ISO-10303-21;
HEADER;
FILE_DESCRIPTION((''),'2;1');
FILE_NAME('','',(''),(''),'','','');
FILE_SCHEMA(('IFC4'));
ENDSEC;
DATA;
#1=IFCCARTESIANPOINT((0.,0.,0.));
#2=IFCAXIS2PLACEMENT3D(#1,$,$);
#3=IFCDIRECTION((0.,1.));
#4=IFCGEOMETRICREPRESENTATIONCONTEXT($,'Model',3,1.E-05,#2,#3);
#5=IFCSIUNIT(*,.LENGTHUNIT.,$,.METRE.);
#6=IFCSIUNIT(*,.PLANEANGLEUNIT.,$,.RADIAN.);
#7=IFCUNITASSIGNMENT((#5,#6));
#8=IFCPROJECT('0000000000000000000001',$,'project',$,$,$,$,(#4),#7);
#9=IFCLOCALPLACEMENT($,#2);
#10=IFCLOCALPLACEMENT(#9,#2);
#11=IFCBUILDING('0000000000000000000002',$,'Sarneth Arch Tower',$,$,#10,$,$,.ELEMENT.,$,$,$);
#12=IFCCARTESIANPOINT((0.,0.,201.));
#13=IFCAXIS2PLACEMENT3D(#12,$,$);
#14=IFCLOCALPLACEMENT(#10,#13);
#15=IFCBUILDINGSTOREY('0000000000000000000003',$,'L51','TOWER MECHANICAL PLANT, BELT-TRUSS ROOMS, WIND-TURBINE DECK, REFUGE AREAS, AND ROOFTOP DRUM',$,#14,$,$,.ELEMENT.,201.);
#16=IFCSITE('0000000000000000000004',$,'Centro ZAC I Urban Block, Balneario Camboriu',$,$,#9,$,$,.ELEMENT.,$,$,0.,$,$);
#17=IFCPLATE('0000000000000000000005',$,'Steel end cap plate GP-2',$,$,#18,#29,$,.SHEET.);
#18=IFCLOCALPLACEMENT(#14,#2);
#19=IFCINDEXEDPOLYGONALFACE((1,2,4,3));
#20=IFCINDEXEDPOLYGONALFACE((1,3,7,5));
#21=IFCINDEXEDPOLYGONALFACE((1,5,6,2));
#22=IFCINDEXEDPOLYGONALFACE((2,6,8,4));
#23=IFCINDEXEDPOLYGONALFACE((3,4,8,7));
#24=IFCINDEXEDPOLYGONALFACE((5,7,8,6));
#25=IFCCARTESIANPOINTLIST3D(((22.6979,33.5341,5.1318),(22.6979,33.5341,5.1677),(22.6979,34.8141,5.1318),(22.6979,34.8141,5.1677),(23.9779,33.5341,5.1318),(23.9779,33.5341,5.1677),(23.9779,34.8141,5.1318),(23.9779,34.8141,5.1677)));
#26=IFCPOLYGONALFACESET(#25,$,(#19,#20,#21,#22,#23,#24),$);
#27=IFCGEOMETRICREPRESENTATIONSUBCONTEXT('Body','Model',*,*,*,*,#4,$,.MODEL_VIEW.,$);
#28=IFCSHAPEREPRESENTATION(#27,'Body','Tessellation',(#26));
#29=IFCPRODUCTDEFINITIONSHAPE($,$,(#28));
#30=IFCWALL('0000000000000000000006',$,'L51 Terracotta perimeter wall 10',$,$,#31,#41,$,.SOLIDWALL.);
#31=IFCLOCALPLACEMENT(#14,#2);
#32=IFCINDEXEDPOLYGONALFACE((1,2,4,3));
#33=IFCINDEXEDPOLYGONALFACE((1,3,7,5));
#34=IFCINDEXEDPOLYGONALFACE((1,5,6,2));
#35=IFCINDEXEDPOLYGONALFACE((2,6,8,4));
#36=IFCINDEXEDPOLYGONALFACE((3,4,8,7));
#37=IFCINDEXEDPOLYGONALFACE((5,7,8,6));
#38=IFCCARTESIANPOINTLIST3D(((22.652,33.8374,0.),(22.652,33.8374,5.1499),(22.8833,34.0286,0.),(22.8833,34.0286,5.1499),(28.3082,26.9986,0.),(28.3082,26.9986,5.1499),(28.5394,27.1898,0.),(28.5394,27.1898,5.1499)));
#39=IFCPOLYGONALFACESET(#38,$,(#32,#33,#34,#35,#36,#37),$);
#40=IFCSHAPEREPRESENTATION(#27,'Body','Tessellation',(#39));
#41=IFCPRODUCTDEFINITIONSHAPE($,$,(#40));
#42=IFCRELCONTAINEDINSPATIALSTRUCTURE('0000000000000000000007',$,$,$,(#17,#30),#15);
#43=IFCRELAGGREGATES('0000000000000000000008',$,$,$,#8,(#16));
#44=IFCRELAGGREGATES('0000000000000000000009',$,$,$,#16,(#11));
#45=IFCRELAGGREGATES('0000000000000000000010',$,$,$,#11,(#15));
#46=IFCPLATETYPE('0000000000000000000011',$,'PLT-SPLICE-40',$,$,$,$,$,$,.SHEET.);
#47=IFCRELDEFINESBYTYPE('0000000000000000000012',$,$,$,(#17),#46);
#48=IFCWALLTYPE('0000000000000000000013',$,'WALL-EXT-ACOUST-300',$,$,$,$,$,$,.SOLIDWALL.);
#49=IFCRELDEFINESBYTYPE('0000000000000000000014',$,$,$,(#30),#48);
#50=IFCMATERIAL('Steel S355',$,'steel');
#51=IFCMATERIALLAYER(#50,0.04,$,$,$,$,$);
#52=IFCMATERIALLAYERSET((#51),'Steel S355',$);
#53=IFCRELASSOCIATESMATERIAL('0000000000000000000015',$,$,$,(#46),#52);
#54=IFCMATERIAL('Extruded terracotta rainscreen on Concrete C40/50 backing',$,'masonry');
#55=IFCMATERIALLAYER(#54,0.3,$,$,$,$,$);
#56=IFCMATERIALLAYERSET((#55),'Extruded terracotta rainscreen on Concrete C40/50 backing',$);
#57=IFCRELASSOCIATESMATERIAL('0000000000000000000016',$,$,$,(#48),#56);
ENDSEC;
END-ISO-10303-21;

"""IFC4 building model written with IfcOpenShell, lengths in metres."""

from ifc_helpers import new_model, si_unit, direction, frame, frame_2d, origin, origin_2d, place, context, subcontext, project, spatial, rectangle, extrude, material, layer, layer_set, type_object, element, save


model = new_model("IFC4")

# Units and contexts
model_context = context("Model", 3, precision=1e-05, world=origin(), true_north=direction((0.0, 1.0)))
body_context = subcontext(model_context, "Body", "Model", "MODEL_VIEW")
ifc_project = project(units=[si_unit("LENGTHUNIT", "METRE"), si_unit("PLANEANGLEUNIT", "RADIAN")], contexts=[model_context])

# Site, building, storey
site_placement = place(None, origin())
site = spatial("IfcSite", under=ifc_project, at=site_placement, Name="Centro ZAC I Urban Block, Balneario Camboriu", CompositionType="ELEMENT", RefElevation=0.0)
building_placement = place(site_placement, origin())
building = spatial("IfcBuilding", under=site, at=building_placement, Name="Sarneth Arch Tower", CompositionType="ELEMENT")
storey_placement = place(building_placement, frame((0.0, 0.0, 201.0)))
storey = spatial("IfcBuildingStorey", under=building, at=storey_placement, Name="L51", Description="TOWER MECHANICAL PLANT, BELT-TRUSS ROOMS, WIND-TURBINE DECK, REFUGE AREAS, AND ROOFTOP DRUM", CompositionType="ELEMENT", Elevation=201.0)

# Plate
ifc_material_1 = material(Name="Steel S355", Category="steel")
ifc_layer_1 = layer(ifc_material_1, 0.04)
ifc_layer_set_1 = layer_set([ifc_layer_1], Name="Steel S355")
plate_type_1 = type_object("IfcPlateType", Name="PLT-SPLICE-40", PredefinedType="SHEET", material=ifc_layer_set_1)
plate_1_placement = place(storey_placement, frame((23.3379, 34.1741, 5.1318), z_axis=(0.0, 0.0, 1.0), x_axis=(1.0, 0.0, 0.0)))
element("IfcPlate", 1, at=plate_1_placement, inside=storey, type_object=plate_type_1, Name="Steel end cap plate GP-2", PredefinedType="SHEET", context=body_context, shape_type="SweptSolid", body=[
    extrude(rectangle(XDim=1.28, YDim=1.28, at=origin_2d()), origin(), (0.0, 0.0, 1.0), 0.0359),
])

# Wall
ifc_material_2 = material(Name="Extruded terracotta rainscreen on Concrete C40/50 backing", Category="masonry")
ifc_layer_2 = layer(ifc_material_2, 0.3)
ifc_layer_set_2 = layer_set([ifc_layer_2], Name="Extruded terracotta rainscreen on Concrete C40/50 backing")
wall_type = type_object("IfcWallType", Name="WALL-EXT-ACOUST-300", PredefinedType="SOLIDWALL", material=ifc_layer_set_2)
wall_placement = place(storey_placement, frame((22.7676, 33.9331, 0.0), z_axis=(0.0, 0.0, 1.0), x_axis=(0.637333, -0.770588, 0.0)))
element("IfcWall", 2, at=wall_placement, inside=storey, type_object=wall_type, Name="L51 Terracotta perimeter wall 10", PredefinedType="SOLIDWALL", context=body_context, shape_type="SweptSolid", body=[
    extrude(rectangle(XDim=8.8748, YDim=0.3, at=frame_2d((4.4375, 0.0))), origin(), (0.0, 0.0, 1.0), 5.1499),
])

save(model, "model.ifc")
